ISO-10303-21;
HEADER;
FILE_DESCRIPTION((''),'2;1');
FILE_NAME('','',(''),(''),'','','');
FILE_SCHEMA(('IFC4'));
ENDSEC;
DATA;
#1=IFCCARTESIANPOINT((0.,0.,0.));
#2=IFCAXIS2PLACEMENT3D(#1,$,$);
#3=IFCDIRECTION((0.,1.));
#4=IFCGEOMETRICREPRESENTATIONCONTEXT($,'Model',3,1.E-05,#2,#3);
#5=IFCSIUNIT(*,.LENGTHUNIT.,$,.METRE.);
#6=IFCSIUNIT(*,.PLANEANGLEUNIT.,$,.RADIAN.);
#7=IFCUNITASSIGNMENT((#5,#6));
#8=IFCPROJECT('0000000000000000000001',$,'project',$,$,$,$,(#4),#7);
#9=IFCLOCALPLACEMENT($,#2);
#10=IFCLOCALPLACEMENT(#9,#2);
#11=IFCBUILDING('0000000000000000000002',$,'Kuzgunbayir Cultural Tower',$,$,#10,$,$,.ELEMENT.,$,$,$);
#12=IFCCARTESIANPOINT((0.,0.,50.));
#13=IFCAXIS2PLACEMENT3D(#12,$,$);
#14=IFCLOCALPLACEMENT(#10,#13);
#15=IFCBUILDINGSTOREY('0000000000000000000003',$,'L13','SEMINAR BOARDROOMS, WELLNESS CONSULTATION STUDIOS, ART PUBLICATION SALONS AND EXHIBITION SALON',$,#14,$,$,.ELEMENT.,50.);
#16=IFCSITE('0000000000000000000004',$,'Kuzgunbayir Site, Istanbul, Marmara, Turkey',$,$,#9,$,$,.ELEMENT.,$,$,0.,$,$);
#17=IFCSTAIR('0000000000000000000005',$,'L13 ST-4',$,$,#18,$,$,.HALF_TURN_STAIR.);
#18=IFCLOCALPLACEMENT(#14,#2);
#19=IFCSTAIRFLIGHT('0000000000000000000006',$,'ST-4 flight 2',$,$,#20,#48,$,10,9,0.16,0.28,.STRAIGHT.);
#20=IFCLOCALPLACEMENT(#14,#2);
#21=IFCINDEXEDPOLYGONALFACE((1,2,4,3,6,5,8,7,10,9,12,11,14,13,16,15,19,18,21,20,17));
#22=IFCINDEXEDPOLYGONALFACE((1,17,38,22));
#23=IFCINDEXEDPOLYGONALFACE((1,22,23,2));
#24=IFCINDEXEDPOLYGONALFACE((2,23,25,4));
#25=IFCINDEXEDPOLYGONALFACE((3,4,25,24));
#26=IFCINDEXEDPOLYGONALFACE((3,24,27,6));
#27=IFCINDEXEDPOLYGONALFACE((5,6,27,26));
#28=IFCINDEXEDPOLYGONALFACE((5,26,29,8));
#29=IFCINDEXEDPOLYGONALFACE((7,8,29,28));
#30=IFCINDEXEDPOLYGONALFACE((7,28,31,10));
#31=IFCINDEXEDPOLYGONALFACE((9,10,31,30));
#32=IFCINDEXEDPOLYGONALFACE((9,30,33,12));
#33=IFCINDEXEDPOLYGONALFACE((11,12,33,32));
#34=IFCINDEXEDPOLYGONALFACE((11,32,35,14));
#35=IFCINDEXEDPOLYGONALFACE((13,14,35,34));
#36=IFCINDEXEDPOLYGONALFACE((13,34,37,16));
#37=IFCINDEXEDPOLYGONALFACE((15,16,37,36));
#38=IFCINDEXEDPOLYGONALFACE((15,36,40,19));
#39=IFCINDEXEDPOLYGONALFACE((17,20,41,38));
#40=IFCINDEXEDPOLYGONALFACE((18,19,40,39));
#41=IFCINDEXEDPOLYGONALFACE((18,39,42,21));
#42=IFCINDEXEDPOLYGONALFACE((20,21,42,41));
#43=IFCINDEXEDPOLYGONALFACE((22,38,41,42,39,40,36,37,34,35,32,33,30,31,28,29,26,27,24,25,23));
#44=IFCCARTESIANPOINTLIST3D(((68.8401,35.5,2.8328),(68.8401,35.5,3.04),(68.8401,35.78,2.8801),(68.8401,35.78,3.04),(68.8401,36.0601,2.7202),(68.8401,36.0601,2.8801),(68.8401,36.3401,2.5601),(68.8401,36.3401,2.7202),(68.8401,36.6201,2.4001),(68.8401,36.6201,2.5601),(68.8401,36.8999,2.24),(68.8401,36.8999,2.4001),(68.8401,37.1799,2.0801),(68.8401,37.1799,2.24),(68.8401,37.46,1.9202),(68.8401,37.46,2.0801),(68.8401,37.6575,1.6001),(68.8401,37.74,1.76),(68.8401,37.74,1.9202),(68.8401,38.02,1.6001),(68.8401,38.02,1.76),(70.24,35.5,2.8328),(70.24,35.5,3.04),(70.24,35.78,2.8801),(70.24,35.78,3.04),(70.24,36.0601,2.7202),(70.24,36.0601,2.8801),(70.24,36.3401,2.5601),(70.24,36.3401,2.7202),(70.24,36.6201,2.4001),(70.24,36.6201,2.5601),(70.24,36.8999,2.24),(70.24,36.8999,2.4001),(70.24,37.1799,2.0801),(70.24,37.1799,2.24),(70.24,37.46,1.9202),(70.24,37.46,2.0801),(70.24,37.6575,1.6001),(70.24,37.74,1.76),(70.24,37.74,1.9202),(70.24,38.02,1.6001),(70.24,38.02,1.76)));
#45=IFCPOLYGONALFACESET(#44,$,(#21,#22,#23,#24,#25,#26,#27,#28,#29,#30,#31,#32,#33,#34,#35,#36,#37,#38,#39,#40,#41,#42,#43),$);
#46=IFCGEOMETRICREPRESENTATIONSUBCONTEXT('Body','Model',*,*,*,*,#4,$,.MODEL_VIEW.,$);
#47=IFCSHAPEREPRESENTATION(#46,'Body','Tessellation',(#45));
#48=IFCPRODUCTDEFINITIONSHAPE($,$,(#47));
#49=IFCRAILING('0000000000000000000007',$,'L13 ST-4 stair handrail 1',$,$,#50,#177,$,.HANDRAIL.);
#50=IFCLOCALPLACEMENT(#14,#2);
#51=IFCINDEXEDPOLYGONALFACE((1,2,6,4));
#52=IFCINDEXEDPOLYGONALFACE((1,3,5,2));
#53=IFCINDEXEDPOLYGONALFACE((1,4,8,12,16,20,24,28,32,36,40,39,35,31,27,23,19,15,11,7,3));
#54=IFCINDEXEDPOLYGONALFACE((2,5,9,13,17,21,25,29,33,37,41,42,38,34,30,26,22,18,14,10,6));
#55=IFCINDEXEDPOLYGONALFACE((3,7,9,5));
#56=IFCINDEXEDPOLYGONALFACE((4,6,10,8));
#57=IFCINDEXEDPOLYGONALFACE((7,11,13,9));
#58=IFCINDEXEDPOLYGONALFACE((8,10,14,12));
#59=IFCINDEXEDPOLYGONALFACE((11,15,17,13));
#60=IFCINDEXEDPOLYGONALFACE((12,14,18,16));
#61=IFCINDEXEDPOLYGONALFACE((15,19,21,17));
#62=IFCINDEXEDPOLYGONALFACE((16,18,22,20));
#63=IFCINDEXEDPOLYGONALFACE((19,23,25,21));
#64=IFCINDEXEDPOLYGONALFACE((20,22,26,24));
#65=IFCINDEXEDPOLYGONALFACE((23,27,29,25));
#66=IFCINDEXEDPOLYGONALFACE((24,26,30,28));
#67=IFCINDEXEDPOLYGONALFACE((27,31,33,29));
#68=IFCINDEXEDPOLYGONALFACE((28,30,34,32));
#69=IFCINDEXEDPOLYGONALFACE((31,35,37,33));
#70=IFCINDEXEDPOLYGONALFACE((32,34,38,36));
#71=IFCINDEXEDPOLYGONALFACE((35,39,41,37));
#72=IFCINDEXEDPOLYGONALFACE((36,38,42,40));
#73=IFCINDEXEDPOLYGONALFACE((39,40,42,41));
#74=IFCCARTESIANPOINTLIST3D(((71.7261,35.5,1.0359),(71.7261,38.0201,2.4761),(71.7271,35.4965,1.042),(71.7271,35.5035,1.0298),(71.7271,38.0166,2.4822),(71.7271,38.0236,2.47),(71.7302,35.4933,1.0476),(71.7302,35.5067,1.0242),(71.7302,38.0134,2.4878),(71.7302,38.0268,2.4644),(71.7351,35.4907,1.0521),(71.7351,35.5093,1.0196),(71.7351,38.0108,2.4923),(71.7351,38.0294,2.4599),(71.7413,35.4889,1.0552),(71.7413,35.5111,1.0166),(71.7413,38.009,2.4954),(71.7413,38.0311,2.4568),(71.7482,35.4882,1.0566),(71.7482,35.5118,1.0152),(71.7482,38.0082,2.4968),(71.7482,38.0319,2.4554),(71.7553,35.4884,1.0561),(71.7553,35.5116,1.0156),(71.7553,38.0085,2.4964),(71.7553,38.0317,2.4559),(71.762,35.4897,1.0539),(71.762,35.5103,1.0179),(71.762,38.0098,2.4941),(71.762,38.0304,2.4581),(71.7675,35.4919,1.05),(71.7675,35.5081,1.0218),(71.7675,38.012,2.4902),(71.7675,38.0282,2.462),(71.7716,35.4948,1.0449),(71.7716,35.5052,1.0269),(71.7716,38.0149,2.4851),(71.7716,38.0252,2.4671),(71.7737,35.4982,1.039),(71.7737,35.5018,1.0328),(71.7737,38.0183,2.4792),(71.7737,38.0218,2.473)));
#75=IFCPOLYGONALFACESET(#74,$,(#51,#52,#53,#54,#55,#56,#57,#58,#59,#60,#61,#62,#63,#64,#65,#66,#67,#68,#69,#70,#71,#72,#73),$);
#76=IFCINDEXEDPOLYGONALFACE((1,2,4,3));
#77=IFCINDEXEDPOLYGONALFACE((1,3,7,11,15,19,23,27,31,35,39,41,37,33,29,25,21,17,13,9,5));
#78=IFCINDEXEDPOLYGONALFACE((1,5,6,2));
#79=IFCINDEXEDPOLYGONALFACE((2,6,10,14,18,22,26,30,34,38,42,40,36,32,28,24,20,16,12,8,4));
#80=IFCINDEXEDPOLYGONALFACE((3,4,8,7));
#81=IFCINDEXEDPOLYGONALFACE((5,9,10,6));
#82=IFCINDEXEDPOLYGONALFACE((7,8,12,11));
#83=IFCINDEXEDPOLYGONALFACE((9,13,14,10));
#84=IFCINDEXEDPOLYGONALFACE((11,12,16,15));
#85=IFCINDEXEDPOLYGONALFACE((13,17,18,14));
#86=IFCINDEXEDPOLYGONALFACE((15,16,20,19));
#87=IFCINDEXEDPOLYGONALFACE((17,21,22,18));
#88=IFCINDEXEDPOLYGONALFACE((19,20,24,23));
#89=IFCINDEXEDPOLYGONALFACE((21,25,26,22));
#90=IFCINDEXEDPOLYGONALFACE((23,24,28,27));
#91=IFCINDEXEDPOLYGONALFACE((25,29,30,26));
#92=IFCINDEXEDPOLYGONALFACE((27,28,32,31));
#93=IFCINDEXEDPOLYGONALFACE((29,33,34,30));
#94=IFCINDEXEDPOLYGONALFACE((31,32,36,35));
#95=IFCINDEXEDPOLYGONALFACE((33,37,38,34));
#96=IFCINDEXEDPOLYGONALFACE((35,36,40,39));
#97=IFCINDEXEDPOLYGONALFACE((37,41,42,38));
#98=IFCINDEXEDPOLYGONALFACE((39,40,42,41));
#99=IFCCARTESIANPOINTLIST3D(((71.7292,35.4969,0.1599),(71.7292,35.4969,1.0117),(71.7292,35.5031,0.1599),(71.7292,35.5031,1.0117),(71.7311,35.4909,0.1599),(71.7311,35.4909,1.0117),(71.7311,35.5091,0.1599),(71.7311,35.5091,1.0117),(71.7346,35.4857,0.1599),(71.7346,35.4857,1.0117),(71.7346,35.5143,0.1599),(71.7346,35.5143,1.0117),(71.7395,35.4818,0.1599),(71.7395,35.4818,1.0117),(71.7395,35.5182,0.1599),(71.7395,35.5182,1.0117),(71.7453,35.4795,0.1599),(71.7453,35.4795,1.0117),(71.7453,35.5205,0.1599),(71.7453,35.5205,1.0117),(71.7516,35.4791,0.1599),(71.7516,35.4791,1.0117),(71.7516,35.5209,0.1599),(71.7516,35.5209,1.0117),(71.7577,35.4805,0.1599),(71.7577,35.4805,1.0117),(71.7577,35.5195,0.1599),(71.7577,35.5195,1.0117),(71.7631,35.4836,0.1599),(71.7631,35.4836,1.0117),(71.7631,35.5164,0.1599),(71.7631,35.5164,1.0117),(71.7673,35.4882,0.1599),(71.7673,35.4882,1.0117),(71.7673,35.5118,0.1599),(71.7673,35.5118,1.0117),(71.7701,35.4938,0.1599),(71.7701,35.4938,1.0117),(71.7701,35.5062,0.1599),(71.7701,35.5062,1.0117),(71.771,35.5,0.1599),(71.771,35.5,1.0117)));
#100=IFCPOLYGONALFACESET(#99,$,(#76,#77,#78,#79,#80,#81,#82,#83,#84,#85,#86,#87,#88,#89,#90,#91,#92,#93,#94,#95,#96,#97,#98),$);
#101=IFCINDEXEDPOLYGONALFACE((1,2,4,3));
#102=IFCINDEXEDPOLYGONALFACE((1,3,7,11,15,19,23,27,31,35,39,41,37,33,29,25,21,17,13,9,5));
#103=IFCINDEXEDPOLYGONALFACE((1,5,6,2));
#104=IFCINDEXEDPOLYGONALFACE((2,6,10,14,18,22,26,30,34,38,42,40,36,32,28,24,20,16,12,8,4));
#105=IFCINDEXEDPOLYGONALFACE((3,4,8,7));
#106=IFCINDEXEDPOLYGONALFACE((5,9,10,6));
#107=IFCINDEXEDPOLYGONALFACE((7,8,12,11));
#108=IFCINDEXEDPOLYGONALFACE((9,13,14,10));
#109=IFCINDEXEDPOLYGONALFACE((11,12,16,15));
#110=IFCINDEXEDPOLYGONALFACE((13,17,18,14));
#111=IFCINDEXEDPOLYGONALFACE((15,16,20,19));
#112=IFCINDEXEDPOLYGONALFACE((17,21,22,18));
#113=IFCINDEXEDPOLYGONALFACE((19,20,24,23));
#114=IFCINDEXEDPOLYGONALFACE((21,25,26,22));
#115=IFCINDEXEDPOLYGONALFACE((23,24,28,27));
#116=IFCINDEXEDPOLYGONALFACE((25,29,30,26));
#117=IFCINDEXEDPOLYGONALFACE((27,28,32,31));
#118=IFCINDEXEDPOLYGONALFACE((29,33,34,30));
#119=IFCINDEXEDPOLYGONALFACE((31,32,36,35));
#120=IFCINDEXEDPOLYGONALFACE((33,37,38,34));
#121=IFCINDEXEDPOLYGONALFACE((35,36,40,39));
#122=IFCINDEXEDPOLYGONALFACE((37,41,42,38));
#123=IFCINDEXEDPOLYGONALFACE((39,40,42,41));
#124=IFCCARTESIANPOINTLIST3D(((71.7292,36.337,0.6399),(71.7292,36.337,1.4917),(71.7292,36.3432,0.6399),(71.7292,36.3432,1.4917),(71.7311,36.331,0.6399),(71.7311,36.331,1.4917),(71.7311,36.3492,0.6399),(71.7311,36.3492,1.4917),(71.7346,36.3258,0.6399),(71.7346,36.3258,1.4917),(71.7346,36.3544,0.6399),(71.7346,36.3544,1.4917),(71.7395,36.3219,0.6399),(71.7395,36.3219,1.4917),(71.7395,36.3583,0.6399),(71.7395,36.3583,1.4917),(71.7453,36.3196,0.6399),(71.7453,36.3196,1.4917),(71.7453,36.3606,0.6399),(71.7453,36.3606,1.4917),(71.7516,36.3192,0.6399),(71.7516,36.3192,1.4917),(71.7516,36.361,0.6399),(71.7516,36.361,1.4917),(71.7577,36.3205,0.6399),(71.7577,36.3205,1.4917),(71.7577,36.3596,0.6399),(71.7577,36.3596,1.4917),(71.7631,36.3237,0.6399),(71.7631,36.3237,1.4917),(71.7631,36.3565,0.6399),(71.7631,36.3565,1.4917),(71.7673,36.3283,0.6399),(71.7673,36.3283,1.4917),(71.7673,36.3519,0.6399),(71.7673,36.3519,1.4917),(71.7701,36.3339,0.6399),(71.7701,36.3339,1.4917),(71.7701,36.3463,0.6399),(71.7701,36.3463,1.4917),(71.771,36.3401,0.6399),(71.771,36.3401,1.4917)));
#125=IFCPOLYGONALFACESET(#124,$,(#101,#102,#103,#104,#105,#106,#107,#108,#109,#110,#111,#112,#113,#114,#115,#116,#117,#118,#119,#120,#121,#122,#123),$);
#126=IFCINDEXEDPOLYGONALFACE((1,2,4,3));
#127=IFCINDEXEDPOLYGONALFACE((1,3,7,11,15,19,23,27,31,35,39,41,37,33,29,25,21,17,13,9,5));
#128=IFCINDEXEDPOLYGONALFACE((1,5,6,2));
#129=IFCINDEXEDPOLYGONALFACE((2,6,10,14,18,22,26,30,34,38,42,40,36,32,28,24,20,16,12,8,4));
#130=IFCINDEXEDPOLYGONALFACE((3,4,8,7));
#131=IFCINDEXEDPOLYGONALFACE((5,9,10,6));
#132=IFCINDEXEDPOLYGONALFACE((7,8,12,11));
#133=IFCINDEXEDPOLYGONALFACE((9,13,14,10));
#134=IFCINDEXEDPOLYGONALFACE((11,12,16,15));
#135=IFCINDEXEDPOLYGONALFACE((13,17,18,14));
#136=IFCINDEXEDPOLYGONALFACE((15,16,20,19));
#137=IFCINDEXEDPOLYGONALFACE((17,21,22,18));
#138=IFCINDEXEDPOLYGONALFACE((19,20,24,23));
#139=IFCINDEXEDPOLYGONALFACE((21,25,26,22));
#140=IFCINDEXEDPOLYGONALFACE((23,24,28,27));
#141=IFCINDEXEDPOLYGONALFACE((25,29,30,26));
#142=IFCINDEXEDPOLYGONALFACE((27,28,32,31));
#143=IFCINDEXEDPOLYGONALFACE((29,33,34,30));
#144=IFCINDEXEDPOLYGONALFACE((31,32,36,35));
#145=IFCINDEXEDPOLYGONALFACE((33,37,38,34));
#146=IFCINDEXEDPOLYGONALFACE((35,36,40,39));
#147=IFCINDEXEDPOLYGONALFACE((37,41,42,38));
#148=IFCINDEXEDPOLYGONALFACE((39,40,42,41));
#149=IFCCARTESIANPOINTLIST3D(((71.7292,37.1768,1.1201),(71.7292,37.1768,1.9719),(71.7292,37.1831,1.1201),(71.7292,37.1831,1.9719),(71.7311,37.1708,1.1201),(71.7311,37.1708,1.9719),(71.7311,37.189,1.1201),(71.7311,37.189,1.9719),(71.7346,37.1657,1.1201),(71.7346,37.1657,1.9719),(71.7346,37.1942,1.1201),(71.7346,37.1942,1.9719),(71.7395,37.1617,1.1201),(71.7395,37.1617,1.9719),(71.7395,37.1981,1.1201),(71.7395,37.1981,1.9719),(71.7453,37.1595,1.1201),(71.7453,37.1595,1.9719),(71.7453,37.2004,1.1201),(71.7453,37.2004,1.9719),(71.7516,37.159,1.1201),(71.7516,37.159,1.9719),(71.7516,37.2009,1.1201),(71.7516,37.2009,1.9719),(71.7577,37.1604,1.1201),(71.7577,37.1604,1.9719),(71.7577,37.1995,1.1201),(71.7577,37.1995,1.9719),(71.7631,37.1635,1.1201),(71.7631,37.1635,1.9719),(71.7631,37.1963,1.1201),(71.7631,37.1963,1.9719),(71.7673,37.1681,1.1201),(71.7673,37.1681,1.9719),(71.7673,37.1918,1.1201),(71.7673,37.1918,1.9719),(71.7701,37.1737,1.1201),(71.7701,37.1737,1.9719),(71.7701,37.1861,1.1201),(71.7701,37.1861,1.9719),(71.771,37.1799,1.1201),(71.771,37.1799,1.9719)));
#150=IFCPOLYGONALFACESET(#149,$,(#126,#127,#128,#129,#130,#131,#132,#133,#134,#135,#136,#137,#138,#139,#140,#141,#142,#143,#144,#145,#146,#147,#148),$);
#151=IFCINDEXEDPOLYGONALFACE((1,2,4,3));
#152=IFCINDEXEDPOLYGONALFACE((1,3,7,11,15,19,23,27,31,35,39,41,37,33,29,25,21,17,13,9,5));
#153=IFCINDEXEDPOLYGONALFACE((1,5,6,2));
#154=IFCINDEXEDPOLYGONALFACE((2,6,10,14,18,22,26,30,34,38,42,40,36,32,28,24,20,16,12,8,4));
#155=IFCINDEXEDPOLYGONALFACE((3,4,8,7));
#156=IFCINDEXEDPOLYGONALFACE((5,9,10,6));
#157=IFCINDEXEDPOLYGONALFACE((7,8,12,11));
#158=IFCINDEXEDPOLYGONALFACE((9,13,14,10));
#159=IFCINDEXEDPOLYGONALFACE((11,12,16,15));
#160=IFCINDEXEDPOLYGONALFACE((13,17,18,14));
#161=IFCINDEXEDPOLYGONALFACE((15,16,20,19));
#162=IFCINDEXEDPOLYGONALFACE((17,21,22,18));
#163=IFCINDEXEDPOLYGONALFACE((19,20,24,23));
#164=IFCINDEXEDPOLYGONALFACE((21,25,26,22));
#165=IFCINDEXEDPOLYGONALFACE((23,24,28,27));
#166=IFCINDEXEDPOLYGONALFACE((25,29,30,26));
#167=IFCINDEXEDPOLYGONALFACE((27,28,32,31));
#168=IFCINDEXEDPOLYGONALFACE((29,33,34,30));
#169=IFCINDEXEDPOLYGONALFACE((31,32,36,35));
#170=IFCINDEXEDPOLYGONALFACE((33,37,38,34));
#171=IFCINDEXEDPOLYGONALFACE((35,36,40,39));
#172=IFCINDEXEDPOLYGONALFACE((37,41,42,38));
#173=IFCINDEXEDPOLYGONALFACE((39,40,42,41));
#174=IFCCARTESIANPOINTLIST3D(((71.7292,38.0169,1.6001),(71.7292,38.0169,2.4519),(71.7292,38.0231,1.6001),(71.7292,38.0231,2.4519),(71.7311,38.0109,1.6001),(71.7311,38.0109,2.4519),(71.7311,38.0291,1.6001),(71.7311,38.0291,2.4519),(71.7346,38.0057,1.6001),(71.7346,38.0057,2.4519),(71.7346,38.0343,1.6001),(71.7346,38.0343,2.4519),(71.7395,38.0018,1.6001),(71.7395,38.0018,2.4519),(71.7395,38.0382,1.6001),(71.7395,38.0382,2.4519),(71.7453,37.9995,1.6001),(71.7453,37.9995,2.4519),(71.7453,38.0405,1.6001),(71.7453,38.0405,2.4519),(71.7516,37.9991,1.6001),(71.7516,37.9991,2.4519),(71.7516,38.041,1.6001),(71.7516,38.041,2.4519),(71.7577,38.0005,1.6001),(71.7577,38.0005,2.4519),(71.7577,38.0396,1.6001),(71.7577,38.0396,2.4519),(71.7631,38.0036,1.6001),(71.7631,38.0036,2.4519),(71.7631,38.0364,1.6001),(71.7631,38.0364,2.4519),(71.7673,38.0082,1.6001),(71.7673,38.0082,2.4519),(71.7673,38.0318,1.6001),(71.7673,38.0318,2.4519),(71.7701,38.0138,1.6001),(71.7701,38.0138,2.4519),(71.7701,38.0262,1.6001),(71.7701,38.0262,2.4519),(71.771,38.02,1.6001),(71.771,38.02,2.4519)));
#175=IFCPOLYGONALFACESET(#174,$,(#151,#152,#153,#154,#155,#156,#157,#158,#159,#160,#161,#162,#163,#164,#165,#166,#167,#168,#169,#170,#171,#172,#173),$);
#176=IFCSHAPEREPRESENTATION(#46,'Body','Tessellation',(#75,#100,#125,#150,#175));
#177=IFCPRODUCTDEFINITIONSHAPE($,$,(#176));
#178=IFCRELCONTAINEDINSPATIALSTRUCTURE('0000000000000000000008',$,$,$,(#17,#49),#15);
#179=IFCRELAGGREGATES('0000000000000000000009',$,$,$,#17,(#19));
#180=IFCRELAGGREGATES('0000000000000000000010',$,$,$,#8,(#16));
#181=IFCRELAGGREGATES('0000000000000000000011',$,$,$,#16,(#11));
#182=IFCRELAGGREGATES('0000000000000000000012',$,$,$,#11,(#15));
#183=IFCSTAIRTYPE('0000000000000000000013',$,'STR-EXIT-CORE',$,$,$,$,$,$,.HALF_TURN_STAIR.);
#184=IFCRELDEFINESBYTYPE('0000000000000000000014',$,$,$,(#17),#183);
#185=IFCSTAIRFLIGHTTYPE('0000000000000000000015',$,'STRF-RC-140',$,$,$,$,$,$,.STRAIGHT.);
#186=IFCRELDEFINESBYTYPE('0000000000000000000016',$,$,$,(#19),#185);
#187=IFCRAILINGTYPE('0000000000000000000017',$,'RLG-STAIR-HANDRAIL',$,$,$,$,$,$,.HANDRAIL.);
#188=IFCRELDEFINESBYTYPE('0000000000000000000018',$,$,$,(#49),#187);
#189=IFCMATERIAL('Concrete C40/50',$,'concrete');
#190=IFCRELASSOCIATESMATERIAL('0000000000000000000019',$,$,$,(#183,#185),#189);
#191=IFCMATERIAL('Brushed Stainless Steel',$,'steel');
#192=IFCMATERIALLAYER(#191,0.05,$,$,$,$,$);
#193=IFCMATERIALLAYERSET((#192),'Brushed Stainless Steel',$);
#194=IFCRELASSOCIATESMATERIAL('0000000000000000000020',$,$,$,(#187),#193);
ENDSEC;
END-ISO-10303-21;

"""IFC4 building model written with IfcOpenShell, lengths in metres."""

from ifc_helpers import new_model, si_unit, direction, frame, origin, origin_2d, place, context, subcontext, project, spatial, polyline, circle, outline, extrude, material, layer, layer_set, type_object, element, aggregate, save


model = new_model("IFC4")

# Units and contexts
model_context = context("Model", 3, precision=1e-05, world=origin(), true_north=direction((0.0, 1.0)))
body_context = subcontext(model_context, "Body", "Model", "MODEL_VIEW")
ifc_project = project(units=[si_unit("LENGTHUNIT", "METRE"), si_unit("PLANEANGLEUNIT", "RADIAN")], contexts=[model_context])

# Site, building, storey
site_placement = place(None, origin())
site = spatial("IfcSite", under=ifc_project, at=site_placement, Name="Kuzgunbayir Site, Istanbul, Marmara, Turkey", CompositionType="ELEMENT", RefElevation=0.0)
building_placement = place(site_placement, origin())
building = spatial("IfcBuilding", under=site, at=building_placement, Name="Kuzgunbayir Cultural Tower", CompositionType="ELEMENT")
storey_placement = place(building_placement, frame((0.0, 0.0, 50.0)))
storey = spatial("IfcBuildingStorey", under=building, at=storey_placement, Name="L13", Description="SEMINAR BOARDROOMS, WELLNESS CONSULTATION STUDIOS, ART PUBLICATION SALONS AND EXHIBITION SALON", CompositionType="ELEMENT", Elevation=50.0)

# Shared definitions
ifc_material_1 = material(Name="Concrete C40/50", Category="concrete")
ifc_material_2 = material(Name="Brushed Stainless Steel", Category="steel")

# Stair, stair flight
stair_type = type_object("IfcStairType", Name="STR-EXIT-CORE", PredefinedType="HALF_TURN_STAIR", material=ifc_material_1)
stair_placement = place(storey_placement, origin())
stair = element("IfcStair", 1, at=stair_placement, inside=storey, type_object=stair_type, Name="L13 ST-4", PredefinedType="HALF_TURN_STAIR")
stair_flight_type = type_object("IfcStairFlightType", Name="STRF-RC-140", PredefinedType="STRAIGHT", material=ifc_material_1)
stair_flight_placement = place(storey_placement, frame((69.54, 38.02, 1.6001), z_axis=(0.0, 0.0, 1.0), x_axis=(0.0, -1.0, 0.0)))
stair_flight = element("IfcStairFlight", 2, at=stair_flight_placement, type_object=stair_flight_type, Name="ST-4 flight 2", NumberOfRisers=10, NumberOfTreads=9, PredefinedType="STRAIGHT", RiserHeight=0.16, TreadLength=0.28, context=body_context, shape_type="SweptSolid", body=[
    extrude(outline(polyline([(0.0, 0.0), (0.0, 0.1599), (0.28, 0.1599), (0.28, 0.3201), (0.5601, 0.3201), (0.5601, 0.48), (0.8401, 0.48), (0.8401, 0.6399), (1.1201, 0.6399), (1.1201, 0.8), (1.3999, 0.8), (1.3999, 0.96), (1.6799, 0.96), (1.6799, 1.1201), (1.96, 1.1201), (1.96, 1.28), (2.24, 1.28), (2.24, 1.4399), (2.52, 1.4399), (2.52, 1.6001), (2.52, 1.2327), (0.3625, 0.0), (0.0, 0.0)])), frame((0.0, 0.7, 0.0), z_axis=(0.0, -1.0, 0.0), x_axis=(1.0, 0.0, 0.0)), (0.0, 0.0, 1.0), 1.3999),
])
aggregate(stair, [stair_flight])

# Railing
ifc_layer_1 = layer(ifc_material_2, 0.05)
ifc_layer_set_1 = layer_set([ifc_layer_1], Name="Brushed Stainless Steel")
railing_type_1 = type_object("IfcRailingType", Name="RLG-STAIR-HANDRAIL", PredefinedType="HANDRAIL", material=ifc_layer_set_1)
railing_1_placement = place(storey_placement, frame((71.75, 35.5, 0.1599)))
element("IfcRailing", 3, at=railing_1_placement, inside=storey, type_object=railing_type_1, Name="L13 ST-4 stair handrail 1", PredefinedType="HANDRAIL", context=body_context, shape_type="SweptSolid", body=[
    extrude(circle(Radius=0.0239, at=origin_2d()), frame((0.0, 0.0, 0.876), z_axis=(0.0, 0.868217, 0.496184), x_axis=(-1.0, 0.0, 0.0)), (0.0, 0.0, 1.0), 2.9026),
    extrude(circle(Radius=0.021, at=origin_2d()), origin(), (0.0, 0.0, 1.0), 0.8518),
    extrude(circle(Radius=0.021, at=origin_2d()), frame((0.0, 0.8401, 0.48)), (0.0, 0.0, 1.0), 0.8518),
    extrude(circle(Radius=0.021, at=origin_2d()), frame((0.0, 1.6799, 0.9602)), (0.0, 0.0, 1.0), 0.8518),
    extrude(circle(Radius=0.021, at=origin_2d()), frame((0.0, 2.52, 1.4402)), (0.0, 0.0, 1.0), 0.8518),
])

save(model, "model.ifc")
